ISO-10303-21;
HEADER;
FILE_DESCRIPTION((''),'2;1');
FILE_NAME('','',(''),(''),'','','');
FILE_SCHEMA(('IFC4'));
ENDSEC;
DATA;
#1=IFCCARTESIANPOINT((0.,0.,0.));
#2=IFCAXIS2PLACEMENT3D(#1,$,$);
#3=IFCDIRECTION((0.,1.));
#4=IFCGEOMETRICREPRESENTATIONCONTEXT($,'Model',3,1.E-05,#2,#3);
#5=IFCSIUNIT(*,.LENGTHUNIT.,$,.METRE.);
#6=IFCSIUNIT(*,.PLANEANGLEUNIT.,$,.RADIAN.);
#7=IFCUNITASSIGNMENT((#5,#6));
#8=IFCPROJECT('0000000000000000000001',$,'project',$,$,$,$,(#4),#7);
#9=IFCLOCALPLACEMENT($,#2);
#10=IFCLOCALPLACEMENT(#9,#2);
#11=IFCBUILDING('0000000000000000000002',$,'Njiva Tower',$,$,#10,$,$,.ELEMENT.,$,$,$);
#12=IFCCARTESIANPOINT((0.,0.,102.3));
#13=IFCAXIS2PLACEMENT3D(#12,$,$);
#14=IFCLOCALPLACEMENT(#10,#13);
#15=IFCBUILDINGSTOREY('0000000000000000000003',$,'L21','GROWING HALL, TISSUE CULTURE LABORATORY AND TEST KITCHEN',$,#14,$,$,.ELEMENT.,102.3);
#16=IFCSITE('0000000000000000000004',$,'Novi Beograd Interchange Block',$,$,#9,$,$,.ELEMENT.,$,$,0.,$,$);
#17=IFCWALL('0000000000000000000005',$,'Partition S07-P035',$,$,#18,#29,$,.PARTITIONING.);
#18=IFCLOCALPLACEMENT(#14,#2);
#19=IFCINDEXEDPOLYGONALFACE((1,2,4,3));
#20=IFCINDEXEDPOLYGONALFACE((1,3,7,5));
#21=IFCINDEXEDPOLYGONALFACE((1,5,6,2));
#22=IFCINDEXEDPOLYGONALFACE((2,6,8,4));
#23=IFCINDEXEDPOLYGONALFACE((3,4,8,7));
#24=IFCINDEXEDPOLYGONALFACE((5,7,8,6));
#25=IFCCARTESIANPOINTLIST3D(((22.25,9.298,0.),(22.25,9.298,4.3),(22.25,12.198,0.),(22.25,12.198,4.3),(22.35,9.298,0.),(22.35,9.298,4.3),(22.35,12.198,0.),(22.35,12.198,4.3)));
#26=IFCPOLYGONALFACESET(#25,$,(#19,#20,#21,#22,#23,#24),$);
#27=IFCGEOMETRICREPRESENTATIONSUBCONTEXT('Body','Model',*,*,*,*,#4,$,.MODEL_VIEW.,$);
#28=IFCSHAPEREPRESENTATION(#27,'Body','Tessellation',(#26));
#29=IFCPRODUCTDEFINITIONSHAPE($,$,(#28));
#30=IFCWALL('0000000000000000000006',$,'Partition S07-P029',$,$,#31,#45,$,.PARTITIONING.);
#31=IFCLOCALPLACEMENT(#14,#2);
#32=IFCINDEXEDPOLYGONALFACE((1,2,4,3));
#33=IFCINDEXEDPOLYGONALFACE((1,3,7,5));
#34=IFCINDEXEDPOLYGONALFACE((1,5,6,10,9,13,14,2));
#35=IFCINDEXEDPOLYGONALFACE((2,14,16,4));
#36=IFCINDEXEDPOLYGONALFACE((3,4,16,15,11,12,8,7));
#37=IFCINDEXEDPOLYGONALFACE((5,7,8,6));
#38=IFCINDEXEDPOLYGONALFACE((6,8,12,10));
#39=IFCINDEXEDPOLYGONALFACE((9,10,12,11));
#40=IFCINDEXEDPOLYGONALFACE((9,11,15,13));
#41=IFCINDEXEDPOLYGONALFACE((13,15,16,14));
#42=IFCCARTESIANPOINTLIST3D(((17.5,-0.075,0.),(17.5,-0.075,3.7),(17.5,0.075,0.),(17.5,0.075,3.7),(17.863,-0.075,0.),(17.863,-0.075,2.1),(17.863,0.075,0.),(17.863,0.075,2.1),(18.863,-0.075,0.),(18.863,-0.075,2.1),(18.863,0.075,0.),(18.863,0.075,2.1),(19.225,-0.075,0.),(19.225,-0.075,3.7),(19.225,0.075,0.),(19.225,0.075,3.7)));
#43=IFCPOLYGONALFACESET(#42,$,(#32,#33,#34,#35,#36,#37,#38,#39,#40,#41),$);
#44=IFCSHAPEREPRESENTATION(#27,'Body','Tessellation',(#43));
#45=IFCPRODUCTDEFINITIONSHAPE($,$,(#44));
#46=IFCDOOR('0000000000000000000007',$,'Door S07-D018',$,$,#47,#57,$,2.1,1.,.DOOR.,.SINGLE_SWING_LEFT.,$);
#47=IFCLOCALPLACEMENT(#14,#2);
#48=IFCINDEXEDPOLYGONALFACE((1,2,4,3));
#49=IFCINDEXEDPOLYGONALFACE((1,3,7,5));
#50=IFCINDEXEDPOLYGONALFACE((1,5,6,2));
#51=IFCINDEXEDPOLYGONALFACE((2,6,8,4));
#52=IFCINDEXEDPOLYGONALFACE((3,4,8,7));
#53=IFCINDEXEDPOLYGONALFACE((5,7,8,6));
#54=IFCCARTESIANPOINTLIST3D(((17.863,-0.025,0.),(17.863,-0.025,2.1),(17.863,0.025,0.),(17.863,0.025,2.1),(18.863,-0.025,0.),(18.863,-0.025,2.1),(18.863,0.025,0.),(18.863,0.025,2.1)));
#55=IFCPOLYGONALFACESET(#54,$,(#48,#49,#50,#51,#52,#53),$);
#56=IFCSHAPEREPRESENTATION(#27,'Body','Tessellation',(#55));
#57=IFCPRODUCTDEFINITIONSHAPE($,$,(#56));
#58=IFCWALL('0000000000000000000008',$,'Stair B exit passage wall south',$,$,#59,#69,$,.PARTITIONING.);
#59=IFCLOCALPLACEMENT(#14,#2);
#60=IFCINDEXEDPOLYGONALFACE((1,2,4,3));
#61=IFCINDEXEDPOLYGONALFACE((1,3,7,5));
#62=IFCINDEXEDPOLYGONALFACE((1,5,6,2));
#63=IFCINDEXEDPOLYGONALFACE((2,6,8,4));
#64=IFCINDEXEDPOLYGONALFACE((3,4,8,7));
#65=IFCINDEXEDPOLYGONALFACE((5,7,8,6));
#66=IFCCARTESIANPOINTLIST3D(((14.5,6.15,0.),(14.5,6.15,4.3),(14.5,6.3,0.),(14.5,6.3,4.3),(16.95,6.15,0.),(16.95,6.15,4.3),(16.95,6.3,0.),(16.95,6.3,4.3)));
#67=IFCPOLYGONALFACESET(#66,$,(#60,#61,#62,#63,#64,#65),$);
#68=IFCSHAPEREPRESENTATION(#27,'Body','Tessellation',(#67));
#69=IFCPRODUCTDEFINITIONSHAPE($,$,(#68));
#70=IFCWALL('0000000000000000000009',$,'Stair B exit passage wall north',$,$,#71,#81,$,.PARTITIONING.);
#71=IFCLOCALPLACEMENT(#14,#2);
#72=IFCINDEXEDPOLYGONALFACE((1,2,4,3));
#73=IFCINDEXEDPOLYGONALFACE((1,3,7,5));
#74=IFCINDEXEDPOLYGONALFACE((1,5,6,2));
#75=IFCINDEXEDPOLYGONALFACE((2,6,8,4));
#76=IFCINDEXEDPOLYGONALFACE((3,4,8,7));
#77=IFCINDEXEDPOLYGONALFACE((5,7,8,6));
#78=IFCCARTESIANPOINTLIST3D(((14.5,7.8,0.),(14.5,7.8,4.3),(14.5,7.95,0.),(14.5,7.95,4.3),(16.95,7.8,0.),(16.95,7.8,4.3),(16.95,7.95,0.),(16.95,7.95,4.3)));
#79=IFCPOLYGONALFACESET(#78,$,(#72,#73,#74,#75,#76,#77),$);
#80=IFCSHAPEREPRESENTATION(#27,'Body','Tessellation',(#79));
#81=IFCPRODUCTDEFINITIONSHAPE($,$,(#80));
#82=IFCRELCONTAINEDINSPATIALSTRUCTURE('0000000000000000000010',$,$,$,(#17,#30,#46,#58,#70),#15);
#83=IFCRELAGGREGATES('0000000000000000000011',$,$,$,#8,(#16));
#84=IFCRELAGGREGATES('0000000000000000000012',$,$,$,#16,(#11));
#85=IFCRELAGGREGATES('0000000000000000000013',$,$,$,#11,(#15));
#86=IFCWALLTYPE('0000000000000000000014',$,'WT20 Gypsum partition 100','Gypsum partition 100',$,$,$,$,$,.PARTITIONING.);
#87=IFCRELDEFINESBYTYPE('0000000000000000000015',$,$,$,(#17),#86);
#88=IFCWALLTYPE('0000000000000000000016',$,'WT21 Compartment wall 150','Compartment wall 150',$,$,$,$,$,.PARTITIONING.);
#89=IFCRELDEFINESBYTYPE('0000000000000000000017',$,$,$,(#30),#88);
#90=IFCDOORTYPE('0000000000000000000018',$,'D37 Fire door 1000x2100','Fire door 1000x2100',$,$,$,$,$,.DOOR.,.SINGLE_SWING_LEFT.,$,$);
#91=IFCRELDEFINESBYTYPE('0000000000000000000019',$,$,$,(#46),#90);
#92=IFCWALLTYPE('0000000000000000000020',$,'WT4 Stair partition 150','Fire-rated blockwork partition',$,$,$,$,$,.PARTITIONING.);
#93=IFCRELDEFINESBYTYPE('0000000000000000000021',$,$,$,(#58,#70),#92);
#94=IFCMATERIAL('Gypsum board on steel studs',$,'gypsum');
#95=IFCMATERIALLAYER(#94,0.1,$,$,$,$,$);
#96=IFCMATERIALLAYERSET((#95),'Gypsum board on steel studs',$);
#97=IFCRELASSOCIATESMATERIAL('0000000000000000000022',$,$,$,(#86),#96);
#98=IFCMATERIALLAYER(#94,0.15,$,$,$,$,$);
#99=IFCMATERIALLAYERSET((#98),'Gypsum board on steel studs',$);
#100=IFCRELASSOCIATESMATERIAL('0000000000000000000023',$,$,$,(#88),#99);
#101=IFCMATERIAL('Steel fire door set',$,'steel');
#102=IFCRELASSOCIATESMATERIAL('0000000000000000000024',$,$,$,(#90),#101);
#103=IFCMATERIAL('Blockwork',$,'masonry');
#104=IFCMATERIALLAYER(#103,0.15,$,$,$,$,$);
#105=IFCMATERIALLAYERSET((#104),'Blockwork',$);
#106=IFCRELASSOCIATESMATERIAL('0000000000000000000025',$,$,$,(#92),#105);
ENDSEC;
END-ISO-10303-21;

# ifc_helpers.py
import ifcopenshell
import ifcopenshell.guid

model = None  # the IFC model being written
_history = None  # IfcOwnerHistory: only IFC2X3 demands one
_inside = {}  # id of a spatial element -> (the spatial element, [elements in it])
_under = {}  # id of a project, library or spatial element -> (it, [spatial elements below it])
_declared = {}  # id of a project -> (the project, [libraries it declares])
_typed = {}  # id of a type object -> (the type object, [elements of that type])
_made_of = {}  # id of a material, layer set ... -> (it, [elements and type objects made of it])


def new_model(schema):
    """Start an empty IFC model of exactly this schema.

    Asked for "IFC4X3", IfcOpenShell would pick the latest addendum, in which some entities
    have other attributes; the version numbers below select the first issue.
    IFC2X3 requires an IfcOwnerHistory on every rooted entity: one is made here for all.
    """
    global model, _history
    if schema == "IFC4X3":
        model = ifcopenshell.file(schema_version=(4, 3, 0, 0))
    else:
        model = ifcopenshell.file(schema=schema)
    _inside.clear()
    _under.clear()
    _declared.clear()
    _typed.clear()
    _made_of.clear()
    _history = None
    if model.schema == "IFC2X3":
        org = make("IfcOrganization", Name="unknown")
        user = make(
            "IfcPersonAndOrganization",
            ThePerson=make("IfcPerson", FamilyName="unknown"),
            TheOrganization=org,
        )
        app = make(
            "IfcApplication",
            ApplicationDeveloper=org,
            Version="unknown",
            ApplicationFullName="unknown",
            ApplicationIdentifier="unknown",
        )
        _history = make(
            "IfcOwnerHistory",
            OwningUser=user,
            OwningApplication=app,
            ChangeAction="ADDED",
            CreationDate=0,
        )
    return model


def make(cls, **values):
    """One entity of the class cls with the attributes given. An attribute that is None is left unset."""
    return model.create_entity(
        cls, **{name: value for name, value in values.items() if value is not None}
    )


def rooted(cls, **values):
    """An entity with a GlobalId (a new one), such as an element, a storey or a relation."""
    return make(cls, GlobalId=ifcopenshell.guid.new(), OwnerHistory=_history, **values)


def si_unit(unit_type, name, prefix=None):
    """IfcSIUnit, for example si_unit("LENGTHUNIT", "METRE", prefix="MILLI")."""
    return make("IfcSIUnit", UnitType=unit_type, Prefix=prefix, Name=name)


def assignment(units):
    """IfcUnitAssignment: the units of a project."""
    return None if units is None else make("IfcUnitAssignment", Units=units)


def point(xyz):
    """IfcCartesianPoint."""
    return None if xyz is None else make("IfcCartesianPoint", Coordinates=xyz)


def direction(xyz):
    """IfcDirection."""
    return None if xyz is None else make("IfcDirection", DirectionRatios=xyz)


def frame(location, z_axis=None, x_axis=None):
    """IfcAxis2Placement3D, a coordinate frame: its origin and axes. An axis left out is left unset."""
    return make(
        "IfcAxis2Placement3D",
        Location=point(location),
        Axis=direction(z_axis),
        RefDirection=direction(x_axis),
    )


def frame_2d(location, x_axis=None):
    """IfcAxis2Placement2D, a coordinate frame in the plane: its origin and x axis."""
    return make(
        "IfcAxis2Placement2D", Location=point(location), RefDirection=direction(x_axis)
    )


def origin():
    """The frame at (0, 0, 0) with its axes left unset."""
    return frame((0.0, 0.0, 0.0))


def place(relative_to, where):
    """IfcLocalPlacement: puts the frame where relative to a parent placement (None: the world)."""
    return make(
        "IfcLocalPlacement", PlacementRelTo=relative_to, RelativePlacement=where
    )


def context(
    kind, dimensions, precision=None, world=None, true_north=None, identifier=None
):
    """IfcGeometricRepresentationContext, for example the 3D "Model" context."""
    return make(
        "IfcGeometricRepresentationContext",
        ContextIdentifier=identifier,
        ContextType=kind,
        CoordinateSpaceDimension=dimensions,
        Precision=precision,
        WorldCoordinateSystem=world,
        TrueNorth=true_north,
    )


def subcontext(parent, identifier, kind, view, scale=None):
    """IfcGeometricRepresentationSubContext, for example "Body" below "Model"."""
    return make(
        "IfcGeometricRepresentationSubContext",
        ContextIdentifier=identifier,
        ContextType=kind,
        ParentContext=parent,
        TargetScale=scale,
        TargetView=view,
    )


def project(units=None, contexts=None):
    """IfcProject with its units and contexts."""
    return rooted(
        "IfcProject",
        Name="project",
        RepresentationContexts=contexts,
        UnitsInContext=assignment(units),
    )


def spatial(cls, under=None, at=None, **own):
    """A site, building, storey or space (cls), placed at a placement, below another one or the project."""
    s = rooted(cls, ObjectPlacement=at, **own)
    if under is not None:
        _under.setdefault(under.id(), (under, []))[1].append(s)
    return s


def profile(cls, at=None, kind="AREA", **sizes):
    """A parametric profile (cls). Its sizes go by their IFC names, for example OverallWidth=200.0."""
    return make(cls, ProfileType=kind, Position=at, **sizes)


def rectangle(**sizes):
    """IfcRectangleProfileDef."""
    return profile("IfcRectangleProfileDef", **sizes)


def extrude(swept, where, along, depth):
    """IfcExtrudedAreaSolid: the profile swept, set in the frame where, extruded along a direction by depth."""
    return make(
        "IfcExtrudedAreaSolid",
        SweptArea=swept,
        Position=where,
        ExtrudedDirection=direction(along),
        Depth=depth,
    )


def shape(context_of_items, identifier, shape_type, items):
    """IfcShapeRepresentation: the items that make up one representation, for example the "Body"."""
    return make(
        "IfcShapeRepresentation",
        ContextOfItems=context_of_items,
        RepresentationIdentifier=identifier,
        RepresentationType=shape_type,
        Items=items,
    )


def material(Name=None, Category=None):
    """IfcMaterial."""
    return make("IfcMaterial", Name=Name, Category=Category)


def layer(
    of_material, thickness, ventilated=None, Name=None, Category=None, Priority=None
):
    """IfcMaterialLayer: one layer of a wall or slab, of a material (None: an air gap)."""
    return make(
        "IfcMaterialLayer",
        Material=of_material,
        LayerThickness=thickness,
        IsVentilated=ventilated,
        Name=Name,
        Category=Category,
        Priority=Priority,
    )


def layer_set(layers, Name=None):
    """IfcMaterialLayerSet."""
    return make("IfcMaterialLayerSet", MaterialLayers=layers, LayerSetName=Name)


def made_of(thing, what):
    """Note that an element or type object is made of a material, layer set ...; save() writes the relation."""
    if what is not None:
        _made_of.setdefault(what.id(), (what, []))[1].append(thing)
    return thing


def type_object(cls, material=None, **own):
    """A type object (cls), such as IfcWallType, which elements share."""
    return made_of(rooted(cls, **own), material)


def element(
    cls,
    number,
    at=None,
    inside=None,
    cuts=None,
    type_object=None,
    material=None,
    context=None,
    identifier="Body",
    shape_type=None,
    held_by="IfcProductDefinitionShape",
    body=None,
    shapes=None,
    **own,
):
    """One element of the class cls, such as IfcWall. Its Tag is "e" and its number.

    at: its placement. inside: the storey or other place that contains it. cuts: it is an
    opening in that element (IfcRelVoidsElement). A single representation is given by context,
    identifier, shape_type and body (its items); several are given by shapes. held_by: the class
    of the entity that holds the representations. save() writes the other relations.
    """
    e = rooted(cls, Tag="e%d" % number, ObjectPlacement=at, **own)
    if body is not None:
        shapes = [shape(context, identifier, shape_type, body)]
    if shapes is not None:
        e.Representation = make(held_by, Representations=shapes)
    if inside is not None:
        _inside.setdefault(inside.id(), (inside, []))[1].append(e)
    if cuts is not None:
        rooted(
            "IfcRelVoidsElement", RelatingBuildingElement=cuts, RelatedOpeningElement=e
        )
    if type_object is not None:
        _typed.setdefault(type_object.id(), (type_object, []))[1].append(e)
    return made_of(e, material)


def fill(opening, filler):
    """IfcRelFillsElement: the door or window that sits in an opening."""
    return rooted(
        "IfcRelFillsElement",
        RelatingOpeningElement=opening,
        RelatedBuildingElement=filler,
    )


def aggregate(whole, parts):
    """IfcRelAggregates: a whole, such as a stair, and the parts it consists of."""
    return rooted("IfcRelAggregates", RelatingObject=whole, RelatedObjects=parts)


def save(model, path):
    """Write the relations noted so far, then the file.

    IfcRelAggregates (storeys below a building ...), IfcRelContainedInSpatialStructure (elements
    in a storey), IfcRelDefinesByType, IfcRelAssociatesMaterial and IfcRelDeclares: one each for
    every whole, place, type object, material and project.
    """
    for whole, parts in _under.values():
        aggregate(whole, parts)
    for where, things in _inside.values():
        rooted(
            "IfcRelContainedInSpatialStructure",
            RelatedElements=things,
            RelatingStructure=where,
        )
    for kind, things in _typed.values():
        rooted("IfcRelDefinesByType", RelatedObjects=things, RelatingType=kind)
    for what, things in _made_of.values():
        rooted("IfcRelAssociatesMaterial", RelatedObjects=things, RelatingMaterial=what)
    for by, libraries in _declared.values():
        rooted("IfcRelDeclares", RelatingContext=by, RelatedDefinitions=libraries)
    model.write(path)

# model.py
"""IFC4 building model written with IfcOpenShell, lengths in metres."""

from ifc_helpers import new_model, si_unit, direction, frame, frame_2d, origin, place, context, subcontext, project, spatial, rectangle, extrude, material, layer, layer_set, type_object, element, fill, save


model = new_model("IFC4")

# Units and contexts
model_context = context("Model", 3, precision=1e-05, world=origin(), true_north=direction((0.0, 1.0)))
body_context = subcontext(model_context, "Body", "Model", "MODEL_VIEW")
ifc_project = project(units=[si_unit("LENGTHUNIT", "METRE"), si_unit("PLANEANGLEUNIT", "RADIAN")], contexts=[model_context])

# Site, building, storey
site_placement = place(None, origin())
site = spatial("IfcSite", under=ifc_project, at=site_placement, Name="Novi Beograd Interchange Block", CompositionType="ELEMENT", RefElevation=0.0)
building_placement = place(site_placement, origin())
building = spatial("IfcBuilding", under=site, at=building_placement, Name="Njiva Tower", CompositionType="ELEMENT")
storey_placement = place(building_placement, frame((0.0, 0.0, 102.3)))
storey = spatial("IfcBuildingStorey", under=building, at=storey_placement, Name="L21", Description="GROWING HALL, TISSUE CULTURE LABORATORY AND TEST KITCHEN", CompositionType="ELEMENT", Elevation=102.3)

# Wall
ifc_material_1 = material(Name="Gypsum board on steel studs", Category="gypsum")
ifc_layer_1 = layer(ifc_material_1, 0.1)
ifc_layer_set_1 = layer_set([ifc_layer_1], Name="Gypsum board on steel studs")
wall_type_1 = type_object("IfcWallType", Name="WT20 Gypsum partition 100", Description="Gypsum partition 100", PredefinedType="PARTITIONING", material=ifc_layer_set_1)
wall_1_placement = place(storey_placement, frame((22.3, 9.298, 0.0), z_axis=(0.0, 0.0, 1.0), x_axis=(0.0, 1.0, 0.0)))
element("IfcWall", 1, at=wall_1_placement, inside=storey, type_object=wall_type_1, Name="Partition S07-P035", PredefinedType="PARTITIONING", context=body_context, shape_type="SweptSolid", body=[
    extrude(rectangle(XDim=2.9, YDim=0.1, at=frame_2d((1.45, 0.0))), origin(), (0.0, 0.0, 1.0), 4.3),
])

# Wall, opening, door
ifc_layer_2 = layer(ifc_material_1, 0.15)
ifc_layer_set_2 = layer_set([ifc_layer_2], Name="Gypsum board on steel studs")
wall_type_2 = type_object("IfcWallType", Name="WT21 Compartment wall 150", Description="Compartment wall 150", PredefinedType="PARTITIONING", material=ifc_layer_set_2)
wall_2_placement = place(storey_placement, frame((17.5, 0.0, 0.0), z_axis=(0.0, 0.0, 1.0), x_axis=(1.0, 0.0, 0.0)))
wall_2 = element("IfcWall", 2, at=wall_2_placement, inside=storey, type_object=wall_type_2, Name="Partition S07-P029", PredefinedType="PARTITIONING", context=body_context, shape_type="SweptSolid", body=[
    extrude(rectangle(XDim=1.725, YDim=0.15, at=frame_2d((0.8625, 0.0))), origin(), (0.0, 0.0, 1.0), 3.7),
])
opening_1_placement = place(wall_2_placement, frame((0.363, 0.0, 0.0)))
opening_1 = element("IfcOpeningElement", 3, at=opening_1_placement, cuts=wall_2, PredefinedType="OPENING", context=body_context, shape_type="SweptSolid", body=[
    extrude(rectangle(XDim=1.0, YDim=2.1, at=frame_2d((0.5, 1.05))), frame((0.0, 0.085, 0.0), z_axis=(0.0, -1.0, 0.0), x_axis=(1.0, 0.0, 0.0)), (0.0, 0.0, 1.0), 0.17),
])
ifc_material_2 = material(Name="Steel fire door set", Category="steel")
door_type_1 = type_object("IfcDoorType", Name="D37 Fire door 1000x2100", Description="Fire door 1000x2100", OperationType="SINGLE_SWING_LEFT", PredefinedType="DOOR", material=ifc_material_2)
door_1_placement = place(opening_1_placement, origin())
door_1 = element("IfcDoor", 4, at=door_1_placement, inside=storey, type_object=door_type_1, Name="Door S07-D018", OperationType="SINGLE_SWING_LEFT", OverallHeight=2.1, OverallWidth=1.0, PredefinedType="DOOR", context=body_context, shape_type="SweptSolid", body=[
    extrude(rectangle(XDim=1.0, YDim=2.1, at=frame_2d((0.5, 1.05))), frame((0.0, 0.025, 0.0), z_axis=(0.0, -1.0, 0.0), x_axis=(1.0, 0.0, 0.0)), (0.0, 0.0, 1.0), 0.05),
])
fill(opening_1, door_1)

# Walls
ifc_material_3 = material(Name="Blockwork", Category="masonry")
ifc_layer_3 = layer(ifc_material_3, 0.15)
ifc_layer_set_3 = layer_set([ifc_layer_3], Name="Blockwork")
wall_type_3 = type_object("IfcWallType", Name="WT4 Stair partition 150", Description="Fire-rated blockwork partition", PredefinedType="PARTITIONING", material=ifc_layer_set_3)
for number, where, z_axis, x_axis, name in (
    (5, (14.5, 6.225, 0.0), (0.0, 0.0, 1.0), (1.0, 0.0, 0.0), "Stair B exit passage wall south"),
    (6, (14.5, 7.875, 0.0), (0.0, 0.0, 1.0), (1.0, 0.0, 0.0), "Stair B exit passage wall north"),
):
    element("IfcWall", number, at=place(storey_placement, frame(where, z_axis=z_axis, x_axis=x_axis)), inside=storey, type_object=wall_type_3, Name=name, PredefinedType="PARTITIONING", context=body_context, shape_type="SweptSolid", body=[
        extrude(rectangle(XDim=2.45, YDim=0.15, at=frame_2d((1.225, 0.0))), origin(), (0.0, 0.0, 1.0), 4.3),
    ])

save(model, "model.ifc")
